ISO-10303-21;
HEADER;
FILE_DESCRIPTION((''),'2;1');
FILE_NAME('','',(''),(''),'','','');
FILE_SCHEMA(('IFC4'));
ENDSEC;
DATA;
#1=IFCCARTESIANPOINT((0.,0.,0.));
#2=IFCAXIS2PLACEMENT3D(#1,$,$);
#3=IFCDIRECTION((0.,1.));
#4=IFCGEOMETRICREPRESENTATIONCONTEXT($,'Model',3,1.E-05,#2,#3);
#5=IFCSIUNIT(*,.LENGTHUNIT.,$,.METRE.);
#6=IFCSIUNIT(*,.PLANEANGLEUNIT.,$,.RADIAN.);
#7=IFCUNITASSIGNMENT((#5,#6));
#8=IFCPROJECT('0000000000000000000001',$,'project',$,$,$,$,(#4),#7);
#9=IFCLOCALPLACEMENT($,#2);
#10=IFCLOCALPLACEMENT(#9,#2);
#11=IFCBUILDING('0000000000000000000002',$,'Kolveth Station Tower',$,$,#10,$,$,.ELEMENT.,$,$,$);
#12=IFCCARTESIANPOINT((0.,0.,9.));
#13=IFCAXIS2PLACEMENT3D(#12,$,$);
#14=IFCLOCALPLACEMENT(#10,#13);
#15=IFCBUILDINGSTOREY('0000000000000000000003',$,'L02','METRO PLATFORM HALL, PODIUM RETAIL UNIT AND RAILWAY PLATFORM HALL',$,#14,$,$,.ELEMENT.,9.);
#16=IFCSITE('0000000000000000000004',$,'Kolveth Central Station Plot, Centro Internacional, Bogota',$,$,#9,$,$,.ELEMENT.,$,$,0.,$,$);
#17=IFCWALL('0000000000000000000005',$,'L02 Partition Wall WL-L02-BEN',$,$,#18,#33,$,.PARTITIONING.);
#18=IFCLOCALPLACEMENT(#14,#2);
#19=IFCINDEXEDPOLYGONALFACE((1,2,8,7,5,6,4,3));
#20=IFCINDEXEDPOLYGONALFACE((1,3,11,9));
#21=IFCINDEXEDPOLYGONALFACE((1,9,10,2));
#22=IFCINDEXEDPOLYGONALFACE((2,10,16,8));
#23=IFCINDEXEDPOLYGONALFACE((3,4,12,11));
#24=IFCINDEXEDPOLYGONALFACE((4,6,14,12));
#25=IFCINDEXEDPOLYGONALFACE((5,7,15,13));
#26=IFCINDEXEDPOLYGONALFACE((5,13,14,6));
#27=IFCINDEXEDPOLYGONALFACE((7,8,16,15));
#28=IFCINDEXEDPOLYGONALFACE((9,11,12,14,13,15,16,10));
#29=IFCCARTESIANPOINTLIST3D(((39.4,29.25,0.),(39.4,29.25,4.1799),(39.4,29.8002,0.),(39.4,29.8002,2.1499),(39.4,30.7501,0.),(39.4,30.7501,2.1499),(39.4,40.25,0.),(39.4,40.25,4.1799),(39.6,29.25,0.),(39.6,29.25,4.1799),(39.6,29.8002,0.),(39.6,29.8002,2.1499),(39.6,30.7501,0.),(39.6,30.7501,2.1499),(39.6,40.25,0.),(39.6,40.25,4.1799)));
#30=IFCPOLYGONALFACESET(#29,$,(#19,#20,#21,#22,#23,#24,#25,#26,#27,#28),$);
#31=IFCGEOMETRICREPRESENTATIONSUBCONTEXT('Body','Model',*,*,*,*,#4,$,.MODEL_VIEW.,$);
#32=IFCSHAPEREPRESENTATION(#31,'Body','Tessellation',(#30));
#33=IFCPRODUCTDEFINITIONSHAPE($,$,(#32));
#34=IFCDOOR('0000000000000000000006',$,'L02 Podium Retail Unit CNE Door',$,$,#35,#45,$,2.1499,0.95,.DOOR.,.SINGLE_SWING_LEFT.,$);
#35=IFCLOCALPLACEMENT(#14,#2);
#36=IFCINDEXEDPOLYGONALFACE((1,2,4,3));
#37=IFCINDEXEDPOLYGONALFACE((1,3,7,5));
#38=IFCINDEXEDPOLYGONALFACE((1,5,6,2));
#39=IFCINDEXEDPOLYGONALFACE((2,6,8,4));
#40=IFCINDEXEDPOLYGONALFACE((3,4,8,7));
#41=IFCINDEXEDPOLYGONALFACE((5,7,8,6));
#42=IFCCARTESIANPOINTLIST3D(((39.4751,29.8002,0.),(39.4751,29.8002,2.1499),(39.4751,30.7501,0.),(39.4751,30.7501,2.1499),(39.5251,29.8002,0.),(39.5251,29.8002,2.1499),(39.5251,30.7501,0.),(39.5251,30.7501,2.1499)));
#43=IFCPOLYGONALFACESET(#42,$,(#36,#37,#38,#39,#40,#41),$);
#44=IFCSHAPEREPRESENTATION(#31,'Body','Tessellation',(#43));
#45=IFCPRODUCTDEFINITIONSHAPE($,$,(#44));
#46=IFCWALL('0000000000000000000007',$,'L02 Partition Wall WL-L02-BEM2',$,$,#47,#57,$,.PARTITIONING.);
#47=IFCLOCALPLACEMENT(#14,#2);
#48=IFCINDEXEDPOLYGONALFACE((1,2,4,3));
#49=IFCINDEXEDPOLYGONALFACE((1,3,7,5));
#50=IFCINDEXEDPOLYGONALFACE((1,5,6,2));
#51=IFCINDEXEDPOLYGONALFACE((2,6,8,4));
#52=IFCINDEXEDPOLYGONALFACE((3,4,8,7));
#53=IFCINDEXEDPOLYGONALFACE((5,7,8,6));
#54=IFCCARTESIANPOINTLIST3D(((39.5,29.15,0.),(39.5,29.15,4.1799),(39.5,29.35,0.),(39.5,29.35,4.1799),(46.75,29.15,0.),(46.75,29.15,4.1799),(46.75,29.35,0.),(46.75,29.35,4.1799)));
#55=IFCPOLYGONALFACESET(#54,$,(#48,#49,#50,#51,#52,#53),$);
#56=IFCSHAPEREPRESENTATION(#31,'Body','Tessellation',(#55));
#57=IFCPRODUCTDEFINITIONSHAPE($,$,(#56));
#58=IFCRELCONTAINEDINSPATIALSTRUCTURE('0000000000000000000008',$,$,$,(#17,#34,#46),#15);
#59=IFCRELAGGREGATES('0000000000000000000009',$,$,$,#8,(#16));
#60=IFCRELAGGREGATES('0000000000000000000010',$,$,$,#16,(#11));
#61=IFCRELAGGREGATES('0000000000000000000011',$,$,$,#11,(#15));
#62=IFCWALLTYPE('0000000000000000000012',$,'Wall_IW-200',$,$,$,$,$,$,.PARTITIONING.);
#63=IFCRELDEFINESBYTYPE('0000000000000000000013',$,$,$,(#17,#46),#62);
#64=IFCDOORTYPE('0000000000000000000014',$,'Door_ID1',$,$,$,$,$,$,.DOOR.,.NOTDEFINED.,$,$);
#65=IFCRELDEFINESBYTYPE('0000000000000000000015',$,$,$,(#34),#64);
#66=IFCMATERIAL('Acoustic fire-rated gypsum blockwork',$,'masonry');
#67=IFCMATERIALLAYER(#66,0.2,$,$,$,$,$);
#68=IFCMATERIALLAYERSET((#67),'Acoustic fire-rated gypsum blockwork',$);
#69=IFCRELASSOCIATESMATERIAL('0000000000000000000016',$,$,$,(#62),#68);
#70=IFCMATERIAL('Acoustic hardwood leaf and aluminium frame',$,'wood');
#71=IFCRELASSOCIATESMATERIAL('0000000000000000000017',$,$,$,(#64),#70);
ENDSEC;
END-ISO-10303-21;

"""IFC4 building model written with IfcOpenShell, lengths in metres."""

from ifc_helpers import new_model, si_unit, direction, frame, frame_2d, origin, place, context, subcontext, project, spatial, rectangle, extrude, material, layer, layer_set, type_object, element, fill, save


model = new_model("IFC4")

# Units and contexts
model_context = context("Model", 3, precision=1e-05, world=origin(), true_north=direction((0.0, 1.0)))
body_context = subcontext(model_context, "Body", "Model", "MODEL_VIEW")
ifc_project = project(units=[si_unit("LENGTHUNIT", "METRE"), si_unit("PLANEANGLEUNIT", "RADIAN")], contexts=[model_context])

# Site, building, storey
site_placement = place(None, origin())
site = spatial("IfcSite", under=ifc_project, at=site_placement, Name="Kolveth Central Station Plot, Centro Internacional, Bogota", CompositionType="ELEMENT", RefElevation=0.0)
building_placement = place(site_placement, origin())
building = spatial("IfcBuilding", under=site, at=building_placement, Name="Kolveth Station Tower", CompositionType="ELEMENT")
storey_placement = place(building_placement, frame((0.0, 0.0, 9.0)))
storey = spatial("IfcBuildingStorey", under=building, at=storey_placement, Name="L02", Description="METRO PLATFORM HALL, PODIUM RETAIL UNIT AND RAILWAY PLATFORM HALL", CompositionType="ELEMENT", Elevation=9.0)

# Shared definitions
ifc_material_1 = material(Name="Acoustic fire-rated gypsum blockwork", Category="masonry")
ifc_layer_1 = layer(ifc_material_1, 0.2)
ifc_layer_set_1 = layer_set([ifc_layer_1], Name="Acoustic fire-rated gypsum blockwork")
wall_type_1 = type_object("IfcWallType", Name="Wall_IW-200", PredefinedType="PARTITIONING", material=ifc_layer_set_1)

# Wall, opening, door
wall_1_placement = place(storey_placement, frame((39.5, 29.25, 0.0), z_axis=(0.0, 0.0, 1.0), x_axis=(0.0, 1.0, 0.0)))
wall_1 = element("IfcWall", 1, at=wall_1_placement, inside=storey, type_object=wall_type_1, Name="L02 Partition Wall WL-L02-BEN", PredefinedType="PARTITIONING", context=body_context, shape_type="SweptSolid", body=[
    extrude(rectangle(XDim=11.0, YDim=0.2, at=frame_2d((5.5, 0.0))), origin(), (0.0, 0.0, 1.0), 4.1799),
])
opening_placement = place(wall_1_placement, frame((0.55, 0.0, 0.0)))
opening = element("IfcOpeningElement", 2, at=opening_placement, cuts=wall_1, PredefinedType="OPENING", context=body_context, shape_type="SweptSolid", body=[
    extrude(rectangle(XDim=0.95, YDim=2.1499, at=frame_2d((0.4751, 1.075))), frame((0.0, 0.1099, 0.0), z_axis=(0.0, -1.0, 0.0), x_axis=(1.0, 0.0, 0.0)), (0.0, 0.0, 1.0), 0.22),
])
ifc_material_2 = material(Name="Acoustic hardwood leaf and aluminium frame", Category="wood")
door_type = type_object("IfcDoorType", Name="Door_ID1", OperationType="NOTDEFINED", PredefinedType="DOOR", material=ifc_material_2)
door_placement = place(opening_placement, origin())
door = element("IfcDoor", 3, at=door_placement, inside=storey, type_object=door_type, Name="L02 Podium Retail Unit CNE Door", OperationType="SINGLE_SWING_LEFT", OverallHeight=2.1499, OverallWidth=0.95, PredefinedType="DOOR", context=body_context, shape_type="SweptSolid", body=[
    extrude(rectangle(XDim=0.95, YDim=2.1499, at=frame_2d((0.4751, 1.075))), frame((0.0, 0.0249, 0.0), z_axis=(0.0, -1.0, 0.0), x_axis=(1.0, 0.0, 0.0)), (0.0, 0.0, 1.0), 0.05),
])
fill(opening, door)

# Wall
wall_2_placement = place(storey_placement, frame((39.5, 29.25, 0.0), z_axis=(0.0, 0.0, 1.0), x_axis=(1.0, 0.0, 0.0)))
element("IfcWall", 4, at=wall_2_placement, inside=storey, type_object=wall_type_1, Name="L02 Partition Wall WL-L02-BEM2", PredefinedType="PARTITIONING", context=body_context, shape_type="SweptSolid", body=[
    extrude(rectangle(XDim=7.25, YDim=0.2, at=frame_2d((3.625, 0.0))), origin(), (0.0, 0.0, 1.0), 4.1799),
])

save(model, "model.ifc")
